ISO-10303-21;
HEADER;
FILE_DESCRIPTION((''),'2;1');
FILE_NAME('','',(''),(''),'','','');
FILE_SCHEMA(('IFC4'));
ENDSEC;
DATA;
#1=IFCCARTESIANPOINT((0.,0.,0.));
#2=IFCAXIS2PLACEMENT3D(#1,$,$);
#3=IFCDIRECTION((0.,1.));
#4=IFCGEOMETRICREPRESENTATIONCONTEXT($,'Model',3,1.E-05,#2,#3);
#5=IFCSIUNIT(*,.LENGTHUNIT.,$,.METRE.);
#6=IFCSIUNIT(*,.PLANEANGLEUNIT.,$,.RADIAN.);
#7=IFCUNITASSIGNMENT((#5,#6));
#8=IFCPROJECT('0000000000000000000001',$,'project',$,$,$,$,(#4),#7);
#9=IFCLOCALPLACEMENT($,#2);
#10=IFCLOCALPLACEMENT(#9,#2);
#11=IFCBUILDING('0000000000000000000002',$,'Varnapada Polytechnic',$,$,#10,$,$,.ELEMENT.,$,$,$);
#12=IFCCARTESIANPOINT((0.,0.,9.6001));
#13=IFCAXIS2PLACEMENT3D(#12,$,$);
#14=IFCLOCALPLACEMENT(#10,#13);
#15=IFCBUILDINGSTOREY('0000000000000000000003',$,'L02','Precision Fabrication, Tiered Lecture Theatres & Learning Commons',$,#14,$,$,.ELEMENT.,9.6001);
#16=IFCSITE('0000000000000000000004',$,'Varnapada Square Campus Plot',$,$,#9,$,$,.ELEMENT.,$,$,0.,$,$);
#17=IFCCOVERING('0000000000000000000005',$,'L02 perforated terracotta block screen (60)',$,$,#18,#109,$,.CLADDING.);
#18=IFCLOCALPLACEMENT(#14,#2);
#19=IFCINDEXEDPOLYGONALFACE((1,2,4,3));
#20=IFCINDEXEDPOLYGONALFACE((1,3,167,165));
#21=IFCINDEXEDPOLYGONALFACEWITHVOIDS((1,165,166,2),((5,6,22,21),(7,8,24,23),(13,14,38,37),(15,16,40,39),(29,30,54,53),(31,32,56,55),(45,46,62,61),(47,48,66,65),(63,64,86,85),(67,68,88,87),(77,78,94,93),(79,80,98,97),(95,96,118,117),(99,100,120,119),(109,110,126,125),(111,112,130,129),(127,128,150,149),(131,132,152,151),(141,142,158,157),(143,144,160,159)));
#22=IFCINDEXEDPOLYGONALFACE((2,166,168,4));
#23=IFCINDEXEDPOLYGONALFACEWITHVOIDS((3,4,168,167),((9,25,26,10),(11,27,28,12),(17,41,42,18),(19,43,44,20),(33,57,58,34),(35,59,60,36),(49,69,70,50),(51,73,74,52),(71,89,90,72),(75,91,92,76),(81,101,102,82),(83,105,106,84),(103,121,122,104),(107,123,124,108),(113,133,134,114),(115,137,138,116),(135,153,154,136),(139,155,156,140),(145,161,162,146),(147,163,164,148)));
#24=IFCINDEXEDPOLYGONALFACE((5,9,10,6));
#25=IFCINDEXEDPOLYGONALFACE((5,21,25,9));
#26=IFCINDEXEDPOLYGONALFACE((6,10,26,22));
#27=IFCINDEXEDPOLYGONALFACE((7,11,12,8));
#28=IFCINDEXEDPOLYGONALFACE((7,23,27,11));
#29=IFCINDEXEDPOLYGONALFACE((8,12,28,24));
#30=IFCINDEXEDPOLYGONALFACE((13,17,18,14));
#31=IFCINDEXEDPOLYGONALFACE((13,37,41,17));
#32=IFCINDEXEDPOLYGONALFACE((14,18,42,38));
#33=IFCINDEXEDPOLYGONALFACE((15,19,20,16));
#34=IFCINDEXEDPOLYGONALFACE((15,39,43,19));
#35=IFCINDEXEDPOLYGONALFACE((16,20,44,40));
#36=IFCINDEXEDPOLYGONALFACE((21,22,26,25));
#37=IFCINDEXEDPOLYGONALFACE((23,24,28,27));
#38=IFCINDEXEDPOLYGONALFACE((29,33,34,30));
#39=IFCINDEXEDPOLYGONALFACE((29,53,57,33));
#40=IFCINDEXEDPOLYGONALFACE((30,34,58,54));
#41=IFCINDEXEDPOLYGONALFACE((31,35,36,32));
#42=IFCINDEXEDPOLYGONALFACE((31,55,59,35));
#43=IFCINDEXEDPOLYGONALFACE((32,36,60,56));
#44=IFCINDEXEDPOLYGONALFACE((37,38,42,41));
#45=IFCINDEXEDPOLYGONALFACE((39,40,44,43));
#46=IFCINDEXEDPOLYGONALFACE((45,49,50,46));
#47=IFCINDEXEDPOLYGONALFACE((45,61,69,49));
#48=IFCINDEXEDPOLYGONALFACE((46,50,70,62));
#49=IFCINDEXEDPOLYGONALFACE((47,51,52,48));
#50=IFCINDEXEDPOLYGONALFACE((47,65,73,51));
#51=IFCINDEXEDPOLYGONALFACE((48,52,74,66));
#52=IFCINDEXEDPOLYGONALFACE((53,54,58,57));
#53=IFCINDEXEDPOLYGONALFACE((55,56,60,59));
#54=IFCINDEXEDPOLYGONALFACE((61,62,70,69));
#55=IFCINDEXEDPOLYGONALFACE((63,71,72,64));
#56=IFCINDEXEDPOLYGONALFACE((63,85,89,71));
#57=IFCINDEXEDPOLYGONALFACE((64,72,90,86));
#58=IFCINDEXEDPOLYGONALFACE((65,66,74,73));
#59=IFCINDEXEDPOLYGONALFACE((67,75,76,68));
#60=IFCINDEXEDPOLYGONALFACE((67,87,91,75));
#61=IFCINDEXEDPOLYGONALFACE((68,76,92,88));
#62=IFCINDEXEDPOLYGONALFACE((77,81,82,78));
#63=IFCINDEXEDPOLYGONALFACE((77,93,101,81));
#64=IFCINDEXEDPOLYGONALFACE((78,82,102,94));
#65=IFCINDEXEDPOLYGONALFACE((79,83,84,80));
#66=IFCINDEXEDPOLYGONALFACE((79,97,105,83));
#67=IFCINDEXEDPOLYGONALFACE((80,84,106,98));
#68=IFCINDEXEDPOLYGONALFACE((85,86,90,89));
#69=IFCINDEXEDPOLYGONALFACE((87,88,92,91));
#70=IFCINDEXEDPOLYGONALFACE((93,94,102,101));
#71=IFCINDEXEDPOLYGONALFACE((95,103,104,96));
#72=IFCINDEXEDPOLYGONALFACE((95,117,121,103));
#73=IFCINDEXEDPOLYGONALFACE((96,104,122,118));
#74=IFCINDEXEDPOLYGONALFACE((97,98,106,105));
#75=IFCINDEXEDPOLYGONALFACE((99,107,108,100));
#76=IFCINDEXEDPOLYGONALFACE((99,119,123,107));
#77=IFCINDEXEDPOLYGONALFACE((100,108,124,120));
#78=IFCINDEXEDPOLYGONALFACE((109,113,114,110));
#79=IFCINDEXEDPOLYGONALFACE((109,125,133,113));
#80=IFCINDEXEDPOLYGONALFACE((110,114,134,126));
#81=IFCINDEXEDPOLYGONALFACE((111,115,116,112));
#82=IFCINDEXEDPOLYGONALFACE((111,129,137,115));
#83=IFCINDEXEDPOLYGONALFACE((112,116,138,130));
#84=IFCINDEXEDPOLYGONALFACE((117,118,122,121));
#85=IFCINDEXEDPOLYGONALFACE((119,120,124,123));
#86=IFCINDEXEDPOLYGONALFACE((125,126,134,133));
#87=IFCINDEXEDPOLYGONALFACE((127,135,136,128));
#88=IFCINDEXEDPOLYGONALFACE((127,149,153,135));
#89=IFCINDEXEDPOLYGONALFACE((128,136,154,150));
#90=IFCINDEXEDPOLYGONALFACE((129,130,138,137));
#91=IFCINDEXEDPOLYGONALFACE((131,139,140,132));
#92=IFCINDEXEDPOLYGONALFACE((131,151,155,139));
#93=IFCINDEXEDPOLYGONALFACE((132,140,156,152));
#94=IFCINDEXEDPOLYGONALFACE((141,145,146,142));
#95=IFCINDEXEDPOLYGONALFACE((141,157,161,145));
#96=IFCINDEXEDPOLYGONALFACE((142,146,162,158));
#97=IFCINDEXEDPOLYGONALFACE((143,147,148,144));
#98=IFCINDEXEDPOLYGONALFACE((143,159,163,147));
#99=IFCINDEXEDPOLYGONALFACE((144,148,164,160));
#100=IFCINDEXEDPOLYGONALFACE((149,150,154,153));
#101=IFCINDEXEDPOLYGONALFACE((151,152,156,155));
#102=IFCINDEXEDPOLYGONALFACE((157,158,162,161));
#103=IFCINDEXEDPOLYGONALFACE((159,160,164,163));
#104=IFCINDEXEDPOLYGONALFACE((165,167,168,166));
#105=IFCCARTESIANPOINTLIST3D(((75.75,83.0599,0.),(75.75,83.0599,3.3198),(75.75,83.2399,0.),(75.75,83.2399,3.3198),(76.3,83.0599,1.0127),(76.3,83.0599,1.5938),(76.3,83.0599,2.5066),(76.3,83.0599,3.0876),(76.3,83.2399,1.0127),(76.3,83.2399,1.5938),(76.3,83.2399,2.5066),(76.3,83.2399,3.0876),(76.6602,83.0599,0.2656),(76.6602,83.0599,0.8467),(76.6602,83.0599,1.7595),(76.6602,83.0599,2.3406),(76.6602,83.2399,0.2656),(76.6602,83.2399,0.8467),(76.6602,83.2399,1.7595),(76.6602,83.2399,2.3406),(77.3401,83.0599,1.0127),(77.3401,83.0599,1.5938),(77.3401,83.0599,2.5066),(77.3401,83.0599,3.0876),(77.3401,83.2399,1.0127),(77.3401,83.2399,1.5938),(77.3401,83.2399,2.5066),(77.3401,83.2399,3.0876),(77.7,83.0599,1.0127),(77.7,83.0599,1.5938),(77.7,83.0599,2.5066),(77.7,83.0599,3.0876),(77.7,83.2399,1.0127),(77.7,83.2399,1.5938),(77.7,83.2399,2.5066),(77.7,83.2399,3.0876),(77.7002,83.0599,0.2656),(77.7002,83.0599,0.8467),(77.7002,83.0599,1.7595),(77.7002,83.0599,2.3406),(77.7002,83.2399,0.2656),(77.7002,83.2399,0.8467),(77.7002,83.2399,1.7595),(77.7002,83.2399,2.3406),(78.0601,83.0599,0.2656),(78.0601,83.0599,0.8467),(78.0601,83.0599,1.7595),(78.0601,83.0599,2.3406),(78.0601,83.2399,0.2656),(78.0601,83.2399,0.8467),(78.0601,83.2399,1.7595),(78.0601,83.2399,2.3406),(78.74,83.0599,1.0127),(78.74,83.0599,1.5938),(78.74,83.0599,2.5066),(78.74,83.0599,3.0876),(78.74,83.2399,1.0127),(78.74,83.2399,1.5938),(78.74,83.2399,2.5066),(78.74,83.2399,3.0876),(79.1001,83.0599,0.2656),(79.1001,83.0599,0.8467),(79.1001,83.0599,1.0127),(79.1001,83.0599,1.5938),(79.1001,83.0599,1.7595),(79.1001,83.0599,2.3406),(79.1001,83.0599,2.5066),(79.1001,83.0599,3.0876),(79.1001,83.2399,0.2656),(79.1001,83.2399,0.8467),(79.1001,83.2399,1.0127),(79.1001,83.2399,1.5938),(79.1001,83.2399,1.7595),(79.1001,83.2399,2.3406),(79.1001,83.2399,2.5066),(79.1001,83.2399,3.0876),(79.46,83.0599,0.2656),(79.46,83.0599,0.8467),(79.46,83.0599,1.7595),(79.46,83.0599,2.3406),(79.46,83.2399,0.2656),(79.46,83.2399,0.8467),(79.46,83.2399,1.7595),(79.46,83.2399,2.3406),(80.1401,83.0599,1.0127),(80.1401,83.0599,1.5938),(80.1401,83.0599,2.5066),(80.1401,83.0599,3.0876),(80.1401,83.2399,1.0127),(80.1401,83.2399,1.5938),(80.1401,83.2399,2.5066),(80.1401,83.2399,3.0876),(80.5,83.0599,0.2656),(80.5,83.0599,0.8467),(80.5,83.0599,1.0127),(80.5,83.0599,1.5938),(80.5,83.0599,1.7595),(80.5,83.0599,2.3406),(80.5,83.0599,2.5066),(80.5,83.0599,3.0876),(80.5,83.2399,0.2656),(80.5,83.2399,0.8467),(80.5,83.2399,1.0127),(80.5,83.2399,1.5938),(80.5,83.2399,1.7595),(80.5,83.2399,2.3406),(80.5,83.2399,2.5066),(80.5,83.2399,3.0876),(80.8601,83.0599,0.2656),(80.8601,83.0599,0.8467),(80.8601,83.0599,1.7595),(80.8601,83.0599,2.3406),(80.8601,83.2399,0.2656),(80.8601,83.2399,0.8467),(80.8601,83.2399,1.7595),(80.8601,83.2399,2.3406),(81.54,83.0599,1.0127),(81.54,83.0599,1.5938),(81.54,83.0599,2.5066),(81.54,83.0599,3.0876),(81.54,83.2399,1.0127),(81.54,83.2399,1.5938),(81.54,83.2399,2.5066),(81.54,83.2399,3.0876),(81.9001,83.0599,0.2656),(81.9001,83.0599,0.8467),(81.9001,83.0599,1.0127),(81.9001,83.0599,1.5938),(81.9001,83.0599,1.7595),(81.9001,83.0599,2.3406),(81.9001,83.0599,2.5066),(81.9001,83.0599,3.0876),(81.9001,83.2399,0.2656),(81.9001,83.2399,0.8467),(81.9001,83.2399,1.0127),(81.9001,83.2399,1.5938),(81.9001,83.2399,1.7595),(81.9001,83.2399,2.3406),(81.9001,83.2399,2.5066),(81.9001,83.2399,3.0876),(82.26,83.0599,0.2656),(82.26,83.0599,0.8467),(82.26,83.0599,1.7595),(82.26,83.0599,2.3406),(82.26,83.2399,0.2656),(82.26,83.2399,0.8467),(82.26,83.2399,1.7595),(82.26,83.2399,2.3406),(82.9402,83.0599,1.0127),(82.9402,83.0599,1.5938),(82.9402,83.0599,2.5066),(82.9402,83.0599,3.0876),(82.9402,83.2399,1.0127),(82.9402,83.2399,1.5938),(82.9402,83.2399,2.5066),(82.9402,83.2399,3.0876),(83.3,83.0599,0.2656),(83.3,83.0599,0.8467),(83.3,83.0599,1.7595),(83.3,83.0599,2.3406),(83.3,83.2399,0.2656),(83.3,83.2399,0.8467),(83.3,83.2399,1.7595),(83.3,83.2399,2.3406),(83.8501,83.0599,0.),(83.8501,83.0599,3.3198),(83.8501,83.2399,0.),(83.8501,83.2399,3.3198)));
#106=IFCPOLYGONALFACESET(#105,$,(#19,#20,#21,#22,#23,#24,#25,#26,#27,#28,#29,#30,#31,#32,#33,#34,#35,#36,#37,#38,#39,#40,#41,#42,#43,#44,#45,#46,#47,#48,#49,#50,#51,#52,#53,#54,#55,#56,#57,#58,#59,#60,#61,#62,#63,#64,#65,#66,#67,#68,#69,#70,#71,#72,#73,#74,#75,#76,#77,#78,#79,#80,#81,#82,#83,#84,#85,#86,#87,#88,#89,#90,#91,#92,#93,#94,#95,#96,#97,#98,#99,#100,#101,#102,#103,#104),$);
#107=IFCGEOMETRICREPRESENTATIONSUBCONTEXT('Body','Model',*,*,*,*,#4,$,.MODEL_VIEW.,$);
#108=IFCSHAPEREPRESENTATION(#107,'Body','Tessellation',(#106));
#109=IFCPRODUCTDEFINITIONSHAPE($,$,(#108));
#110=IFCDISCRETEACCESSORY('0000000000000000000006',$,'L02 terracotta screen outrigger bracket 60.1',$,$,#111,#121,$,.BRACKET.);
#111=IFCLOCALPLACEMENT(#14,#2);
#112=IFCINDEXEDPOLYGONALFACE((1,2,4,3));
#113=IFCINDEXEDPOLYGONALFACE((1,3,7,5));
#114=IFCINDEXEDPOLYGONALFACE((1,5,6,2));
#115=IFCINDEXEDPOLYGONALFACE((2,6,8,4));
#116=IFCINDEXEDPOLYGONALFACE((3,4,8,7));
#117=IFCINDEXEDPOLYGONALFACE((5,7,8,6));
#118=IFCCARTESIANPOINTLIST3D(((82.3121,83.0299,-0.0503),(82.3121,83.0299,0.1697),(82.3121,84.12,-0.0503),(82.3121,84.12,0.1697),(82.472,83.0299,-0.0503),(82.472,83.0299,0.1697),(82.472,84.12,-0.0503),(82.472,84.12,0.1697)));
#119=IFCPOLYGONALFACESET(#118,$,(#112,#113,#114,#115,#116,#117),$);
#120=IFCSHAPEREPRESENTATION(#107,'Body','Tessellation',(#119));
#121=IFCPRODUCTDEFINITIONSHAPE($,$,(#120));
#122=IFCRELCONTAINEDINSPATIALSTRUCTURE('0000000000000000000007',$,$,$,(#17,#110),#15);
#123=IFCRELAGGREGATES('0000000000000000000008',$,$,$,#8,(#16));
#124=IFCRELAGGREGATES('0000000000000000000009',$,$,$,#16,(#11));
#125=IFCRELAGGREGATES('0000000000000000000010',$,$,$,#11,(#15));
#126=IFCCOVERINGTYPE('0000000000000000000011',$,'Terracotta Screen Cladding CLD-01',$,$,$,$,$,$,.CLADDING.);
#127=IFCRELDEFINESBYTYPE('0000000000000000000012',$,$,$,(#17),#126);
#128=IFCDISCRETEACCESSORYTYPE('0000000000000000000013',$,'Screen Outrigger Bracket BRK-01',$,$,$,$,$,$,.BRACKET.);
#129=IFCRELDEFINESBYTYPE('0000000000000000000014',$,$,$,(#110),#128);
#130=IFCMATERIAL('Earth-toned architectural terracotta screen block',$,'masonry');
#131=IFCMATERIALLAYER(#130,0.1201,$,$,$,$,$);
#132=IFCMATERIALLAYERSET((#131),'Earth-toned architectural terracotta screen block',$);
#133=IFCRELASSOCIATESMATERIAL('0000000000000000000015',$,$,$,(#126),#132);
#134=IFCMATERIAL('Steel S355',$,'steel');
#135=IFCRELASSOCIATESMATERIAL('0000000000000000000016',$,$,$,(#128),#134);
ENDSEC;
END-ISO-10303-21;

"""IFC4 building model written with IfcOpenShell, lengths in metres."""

from ifc_helpers import new_model, si_unit, direction, frame, frame_2d, origin, origin_2d, place, context, subcontext, project, spatial, rectangle, extrude, material, layer, layer_set, type_object, element, save


model = new_model("IFC4")

# Units and contexts
model_context = context("Model", 3, precision=1e-05, world=origin(), true_north=direction((0.0, 1.0)))
body_context = subcontext(model_context, "Body", "Model", "MODEL_VIEW")
ifc_project = project(units=[si_unit("LENGTHUNIT", "METRE"), si_unit("PLANEANGLEUNIT", "RADIAN")], contexts=[model_context])

# Site, building, storey
site_placement = place(None, origin())
site = spatial("IfcSite", under=ifc_project, at=site_placement, Name="Varnapada Square Campus Plot", CompositionType="ELEMENT", RefElevation=0.0)
building_placement = place(site_placement, origin())
building = spatial("IfcBuilding", under=site, at=building_placement, Name="Varnapada Polytechnic", CompositionType="ELEMENT")
storey_placement = place(building_placement, frame((0.0, 0.0, 9.6001)))
storey = spatial("IfcBuildingStorey", under=building, at=storey_placement, Name="L02", Description="Precision Fabrication, Tiered Lecture Theatres & Learning Commons", CompositionType="ELEMENT", Elevation=9.6001)

# Covering, openings
ifc_material_1 = material(Name="Earth-toned architectural terracotta screen block", Category="masonry")
ifc_layer_1 = layer(ifc_material_1, 0.1201)
ifc_layer_set_1 = layer_set([ifc_layer_1], Name="Earth-toned architectural terracotta screen block")
covering_type = type_object("IfcCoveringType", Name="Terracotta Screen Cladding CLD-01", PredefinedType="CLADDING", material=ifc_layer_set_1)
covering_placement = place(storey_placement, frame((83.8501, 83.1499, 0.0), z_axis=(0.0, 0.0, 1.0), x_axis=(-1.0, 0.0, 0.0)))
covering = element("IfcCovering", 1, at=covering_placement, inside=storey, type_object=covering_type, Name="L02 perforated terracotta block screen (60)", PredefinedType="CLADDING", context=body_context, shape_type="SweptSolid", body=[
    extrude(rectangle(XDim=8.1001, YDim=0.1799, at=frame_2d((4.05, 0.0))), origin(), (0.0, 0.0, 1.0), 3.3198),
])
opening_1_placement = place(covering_placement, frame((0.55, 0.0, 0.2656)))
element("IfcOpeningElement", 2, at=opening_1_placement, cuts=covering, PredefinedType="OPENING", context=body_context, shape_type="SweptSolid", body=[
    extrude(rectangle(XDim=1.04, YDim=0.5811, at=frame_2d((0.52, 0.2905))), frame((0.0, 0.0999, 0.0), z_axis=(0.0, -1.0, 0.0), x_axis=(1.0, 0.0, 0.0)), (0.0, 0.0, 1.0), 0.2),
])
opening_2_placement = place(covering_placement, frame((1.95, 0.0, 0.2656)))
element("IfcOpeningElement", 3, at=opening_2_placement, cuts=covering, PredefinedType="OPENING", context=body_context, shape_type="SweptSolid", body=[
    extrude(rectangle(XDim=1.04, YDim=0.5811, at=frame_2d((0.52, 0.2905))), frame((0.0, 0.0999, 0.0), z_axis=(0.0, -1.0, 0.0), x_axis=(1.0, 0.0, 0.0)), (0.0, 0.0, 1.0), 0.2),
])
opening_3_placement = place(covering_placement, frame((3.3501, 0.0, 0.2656)))
element("IfcOpeningElement", 4, at=opening_3_placement, cuts=covering, PredefinedType="OPENING", context=body_context, shape_type="SweptSolid", body=[
    extrude(rectangle(XDim=1.04, YDim=0.5811, at=frame_2d((0.52, 0.2905))), frame((0.0, 0.0999, 0.0), z_axis=(0.0, -1.0, 0.0), x_axis=(1.0, 0.0, 0.0)), (0.0, 0.0, 1.0), 0.2),
])
opening_4_placement = place(covering_placement, frame((4.75, 0.0, 0.2656)))
element("IfcOpeningElement", 5, at=opening_4_placement, cuts=covering, PredefinedType="OPENING", context=body_context, shape_type="SweptSolid", body=[
    extrude(rectangle(XDim=1.04, YDim=0.5811, at=frame_2d((0.52, 0.2905))), frame((0.0, 0.0999, 0.0), z_axis=(0.0, -1.0, 0.0), x_axis=(1.0, 0.0, 0.0)), (0.0, 0.0, 1.0), 0.2),
])
opening_5_placement = place(covering_placement, frame((6.1499, 0.0, 0.2656)))
element("IfcOpeningElement", 6, at=opening_5_placement, cuts=covering, PredefinedType="OPENING", context=body_context, shape_type="SweptSolid", body=[
    extrude(rectangle(XDim=1.04, YDim=0.5811, at=frame_2d((0.52, 0.2905))), frame((0.0, 0.0999, 0.0), z_axis=(0.0, -1.0, 0.0), x_axis=(1.0, 0.0, 0.0)), (0.0, 0.0, 1.0), 0.2),
])
opening_6_placement = place(covering_placement, frame((0.9099, 0.0, 1.0127)))
element("IfcOpeningElement", 7, at=opening_6_placement, cuts=covering, PredefinedType="OPENING", context=body_context, shape_type="SweptSolid", body=[
    extrude(rectangle(XDim=1.04, YDim=0.5811, at=frame_2d((0.52, 0.2905))), frame((0.0, 0.0999, 0.0), z_axis=(0.0, -1.0, 0.0), x_axis=(1.0, 0.0, 0.0)), (0.0, 0.0, 1.0), 0.2),
])
opening_7_placement = place(covering_placement, frame((2.3101, 0.0, 1.0127)))
element("IfcOpeningElement", 8, at=opening_7_placement, cuts=covering, PredefinedType="OPENING", context=body_context, shape_type="SweptSolid", body=[
    extrude(rectangle(XDim=1.04, YDim=0.5811, at=frame_2d((0.52, 0.2905))), frame((0.0, 0.0999, 0.0), z_axis=(0.0, -1.0, 0.0), x_axis=(1.0, 0.0, 0.0)), (0.0, 0.0, 1.0), 0.2),
])
opening_8_placement = place(covering_placement, frame((3.71, 0.0, 1.0127)))
element("IfcOpeningElement", 9, at=opening_8_placement, cuts=covering, PredefinedType="OPENING", context=body_context, shape_type="SweptSolid", body=[
    extrude(rectangle(XDim=1.04, YDim=0.5811, at=frame_2d((0.52, 0.2905))), frame((0.0, 0.0999, 0.0), z_axis=(0.0, -1.0, 0.0), x_axis=(1.0, 0.0, 0.0)), (0.0, 0.0, 1.0), 0.2),
])
opening_9_placement = place(covering_placement, frame((5.1101, 0.0, 1.0127)))
element("IfcOpeningElement", 10, at=opening_9_placement, cuts=covering, PredefinedType="OPENING", context=body_context, shape_type="SweptSolid", body=[
    extrude(rectangle(XDim=1.04, YDim=0.5811, at=frame_2d((0.52, 0.2905))), frame((0.0, 0.0999, 0.0), z_axis=(0.0, -1.0, 0.0), x_axis=(1.0, 0.0, 0.0)), (0.0, 0.0, 1.0), 0.2),
])
opening_10_placement = place(covering_placement, frame((6.51, 0.0, 1.0127)))
element("IfcOpeningElement", 11, at=opening_10_placement, cuts=covering, PredefinedType="OPENING", context=body_context, shape_type="SweptSolid", body=[
    extrude(rectangle(XDim=1.04, YDim=0.5811, at=frame_2d((0.52, 0.2905))), frame((0.0, 0.0999, 0.0), z_axis=(0.0, -1.0, 0.0), x_axis=(1.0, 0.0, 0.0)), (0.0, 0.0, 1.0), 0.2),
])
opening_11_placement = place(covering_placement, frame((0.55, 0.0, 1.7595)))
element("IfcOpeningElement", 12, at=opening_11_placement, cuts=covering, PredefinedType="OPENING", context=body_context, shape_type="SweptSolid", body=[
    extrude(rectangle(XDim=1.04, YDim=0.5811, at=frame_2d((0.52, 0.2905))), frame((0.0, 0.0999, 0.0), z_axis=(0.0, -1.0, 0.0), x_axis=(1.0, 0.0, 0.0)), (0.0, 0.0, 1.0), 0.2),
])
opening_12_placement = place(covering_placement, frame((1.95, 0.0, 1.7595)))
element("IfcOpeningElement", 13, at=opening_12_placement, cuts=covering, PredefinedType="OPENING", context=body_context, shape_type="SweptSolid", body=[
    extrude(rectangle(XDim=1.04, YDim=0.5811, at=frame_2d((0.52, 0.2905))), frame((0.0, 0.0999, 0.0), z_axis=(0.0, -1.0, 0.0), x_axis=(1.0, 0.0, 0.0)), (0.0, 0.0, 1.0), 0.2),
])
opening_13_placement = place(covering_placement, frame((3.3501, 0.0, 1.7595)))
element("IfcOpeningElement", 14, at=opening_13_placement, cuts=covering, PredefinedType="OPENING", context=body_context, shape_type="SweptSolid", body=[
    extrude(rectangle(XDim=1.04, YDim=0.5811, at=frame_2d((0.52, 0.2905))), frame((0.0, 0.0999, 0.0), z_axis=(0.0, -1.0, 0.0), x_axis=(1.0, 0.0, 0.0)), (0.0, 0.0, 1.0), 0.2),
])
opening_14_placement = place(covering_placement, frame((4.75, 0.0, 1.7595)))
element("IfcOpeningElement", 15, at=opening_14_placement, cuts=covering, PredefinedType="OPENING", context=body_context, shape_type="SweptSolid", body=[
    extrude(rectangle(XDim=1.04, YDim=0.5811, at=frame_2d((0.52, 0.2905))), frame((0.0, 0.0999, 0.0), z_axis=(0.0, -1.0, 0.0), x_axis=(1.0, 0.0, 0.0)), (0.0, 0.0, 1.0), 0.2),
])
opening_15_placement = place(covering_placement, frame((6.1499, 0.0, 1.7595)))
element("IfcOpeningElement", 16, at=opening_15_placement, cuts=covering, PredefinedType="OPENING", context=body_context, shape_type="SweptSolid", body=[
    extrude(rectangle(XDim=1.04, YDim=0.5811, at=frame_2d((0.52, 0.2905))), frame((0.0, 0.0999, 0.0), z_axis=(0.0, -1.0, 0.0), x_axis=(1.0, 0.0, 0.0)), (0.0, 0.0, 1.0), 0.2),
])
opening_16_placement = place(covering_placement, frame((0.9099, 0.0, 2.5066)))
element("IfcOpeningElement", 17, at=opening_16_placement, cuts=covering, PredefinedType="OPENING", context=body_context, shape_type="SweptSolid", body=[
    extrude(rectangle(XDim=1.04, YDim=0.5811, at=frame_2d((0.52, 0.2905))), frame((0.0, 0.0999, 0.0), z_axis=(0.0, -1.0, 0.0), x_axis=(1.0, 0.0, 0.0)), (0.0, 0.0, 1.0), 0.2),
])
opening_17_placement = place(covering_placement, frame((2.3101, 0.0, 2.5066)))
element("IfcOpeningElement", 18, at=opening_17_placement, cuts=covering, PredefinedType="OPENING", context=body_context, shape_type="SweptSolid", body=[
    extrude(rectangle(XDim=1.04, YDim=0.5811, at=frame_2d((0.52, 0.2905))), frame((0.0, 0.0999, 0.0), z_axis=(0.0, -1.0, 0.0), x_axis=(1.0, 0.0, 0.0)), (0.0, 0.0, 1.0), 0.2),
])
opening_18_placement = place(covering_placement, frame((3.71, 0.0, 2.5066)))
element("IfcOpeningElement", 19, at=opening_18_placement, cuts=covering, PredefinedType="OPENING", context=body_context, shape_type="SweptSolid", body=[
    extrude(rectangle(XDim=1.04, YDim=0.5811, at=frame_2d((0.52, 0.2905))), frame((0.0, 0.0999, 0.0), z_axis=(0.0, -1.0, 0.0), x_axis=(1.0, 0.0, 0.0)), (0.0, 0.0, 1.0), 0.2),
])
opening_19_placement = place(covering_placement, frame((5.1101, 0.0, 2.5066)))
element("IfcOpeningElement", 20, at=opening_19_placement, cuts=covering, PredefinedType="OPENING", context=body_context, shape_type="SweptSolid", body=[
    extrude(rectangle(XDim=1.04, YDim=0.5811, at=frame_2d((0.52, 0.2905))), frame((0.0, 0.0999, 0.0), z_axis=(0.0, -1.0, 0.0), x_axis=(1.0, 0.0, 0.0)), (0.0, 0.0, 1.0), 0.2),
])
opening_20_placement = place(covering_placement, frame((6.51, 0.0, 2.5066)))
element("IfcOpeningElement", 21, at=opening_20_placement, cuts=covering, PredefinedType="OPENING", context=body_context, shape_type="SweptSolid", body=[
    extrude(rectangle(XDim=1.04, YDim=0.5811, at=frame_2d((0.52, 0.2905))), frame((0.0, 0.0999, 0.0), z_axis=(0.0, -1.0, 0.0), x_axis=(1.0, 0.0, 0.0)), (0.0, 0.0, 1.0), 0.2),
])

# Discrete accessory
ifc_material_2 = material(Name="Steel S355", Category="steel")
discrete_accessory_type = type_object("IfcDiscreteAccessoryType", Name="Screen Outrigger Bracket BRK-01", PredefinedType="BRACKET", material=ifc_material_2)
discrete_accessory_placement = place(storey_placement, frame((82.3921, 83.575, -0.0503), z_axis=(0.0, 0.0, 1.0), x_axis=(-1.0, 0.0, 0.0)))
element("IfcDiscreteAccessory", 22, at=discrete_accessory_placement, inside=storey, type_object=discrete_accessory_type, Name="L02 terracotta screen outrigger bracket 60.1", PredefinedType="BRACKET", context=body_context, shape_type="SweptSolid", body=[
    extrude(rectangle(XDim=0.1599, YDim=1.0901, at=origin_2d()), origin(), (0.0, 0.0, 1.0), 0.22),
])

save(model, "model.ifc")
